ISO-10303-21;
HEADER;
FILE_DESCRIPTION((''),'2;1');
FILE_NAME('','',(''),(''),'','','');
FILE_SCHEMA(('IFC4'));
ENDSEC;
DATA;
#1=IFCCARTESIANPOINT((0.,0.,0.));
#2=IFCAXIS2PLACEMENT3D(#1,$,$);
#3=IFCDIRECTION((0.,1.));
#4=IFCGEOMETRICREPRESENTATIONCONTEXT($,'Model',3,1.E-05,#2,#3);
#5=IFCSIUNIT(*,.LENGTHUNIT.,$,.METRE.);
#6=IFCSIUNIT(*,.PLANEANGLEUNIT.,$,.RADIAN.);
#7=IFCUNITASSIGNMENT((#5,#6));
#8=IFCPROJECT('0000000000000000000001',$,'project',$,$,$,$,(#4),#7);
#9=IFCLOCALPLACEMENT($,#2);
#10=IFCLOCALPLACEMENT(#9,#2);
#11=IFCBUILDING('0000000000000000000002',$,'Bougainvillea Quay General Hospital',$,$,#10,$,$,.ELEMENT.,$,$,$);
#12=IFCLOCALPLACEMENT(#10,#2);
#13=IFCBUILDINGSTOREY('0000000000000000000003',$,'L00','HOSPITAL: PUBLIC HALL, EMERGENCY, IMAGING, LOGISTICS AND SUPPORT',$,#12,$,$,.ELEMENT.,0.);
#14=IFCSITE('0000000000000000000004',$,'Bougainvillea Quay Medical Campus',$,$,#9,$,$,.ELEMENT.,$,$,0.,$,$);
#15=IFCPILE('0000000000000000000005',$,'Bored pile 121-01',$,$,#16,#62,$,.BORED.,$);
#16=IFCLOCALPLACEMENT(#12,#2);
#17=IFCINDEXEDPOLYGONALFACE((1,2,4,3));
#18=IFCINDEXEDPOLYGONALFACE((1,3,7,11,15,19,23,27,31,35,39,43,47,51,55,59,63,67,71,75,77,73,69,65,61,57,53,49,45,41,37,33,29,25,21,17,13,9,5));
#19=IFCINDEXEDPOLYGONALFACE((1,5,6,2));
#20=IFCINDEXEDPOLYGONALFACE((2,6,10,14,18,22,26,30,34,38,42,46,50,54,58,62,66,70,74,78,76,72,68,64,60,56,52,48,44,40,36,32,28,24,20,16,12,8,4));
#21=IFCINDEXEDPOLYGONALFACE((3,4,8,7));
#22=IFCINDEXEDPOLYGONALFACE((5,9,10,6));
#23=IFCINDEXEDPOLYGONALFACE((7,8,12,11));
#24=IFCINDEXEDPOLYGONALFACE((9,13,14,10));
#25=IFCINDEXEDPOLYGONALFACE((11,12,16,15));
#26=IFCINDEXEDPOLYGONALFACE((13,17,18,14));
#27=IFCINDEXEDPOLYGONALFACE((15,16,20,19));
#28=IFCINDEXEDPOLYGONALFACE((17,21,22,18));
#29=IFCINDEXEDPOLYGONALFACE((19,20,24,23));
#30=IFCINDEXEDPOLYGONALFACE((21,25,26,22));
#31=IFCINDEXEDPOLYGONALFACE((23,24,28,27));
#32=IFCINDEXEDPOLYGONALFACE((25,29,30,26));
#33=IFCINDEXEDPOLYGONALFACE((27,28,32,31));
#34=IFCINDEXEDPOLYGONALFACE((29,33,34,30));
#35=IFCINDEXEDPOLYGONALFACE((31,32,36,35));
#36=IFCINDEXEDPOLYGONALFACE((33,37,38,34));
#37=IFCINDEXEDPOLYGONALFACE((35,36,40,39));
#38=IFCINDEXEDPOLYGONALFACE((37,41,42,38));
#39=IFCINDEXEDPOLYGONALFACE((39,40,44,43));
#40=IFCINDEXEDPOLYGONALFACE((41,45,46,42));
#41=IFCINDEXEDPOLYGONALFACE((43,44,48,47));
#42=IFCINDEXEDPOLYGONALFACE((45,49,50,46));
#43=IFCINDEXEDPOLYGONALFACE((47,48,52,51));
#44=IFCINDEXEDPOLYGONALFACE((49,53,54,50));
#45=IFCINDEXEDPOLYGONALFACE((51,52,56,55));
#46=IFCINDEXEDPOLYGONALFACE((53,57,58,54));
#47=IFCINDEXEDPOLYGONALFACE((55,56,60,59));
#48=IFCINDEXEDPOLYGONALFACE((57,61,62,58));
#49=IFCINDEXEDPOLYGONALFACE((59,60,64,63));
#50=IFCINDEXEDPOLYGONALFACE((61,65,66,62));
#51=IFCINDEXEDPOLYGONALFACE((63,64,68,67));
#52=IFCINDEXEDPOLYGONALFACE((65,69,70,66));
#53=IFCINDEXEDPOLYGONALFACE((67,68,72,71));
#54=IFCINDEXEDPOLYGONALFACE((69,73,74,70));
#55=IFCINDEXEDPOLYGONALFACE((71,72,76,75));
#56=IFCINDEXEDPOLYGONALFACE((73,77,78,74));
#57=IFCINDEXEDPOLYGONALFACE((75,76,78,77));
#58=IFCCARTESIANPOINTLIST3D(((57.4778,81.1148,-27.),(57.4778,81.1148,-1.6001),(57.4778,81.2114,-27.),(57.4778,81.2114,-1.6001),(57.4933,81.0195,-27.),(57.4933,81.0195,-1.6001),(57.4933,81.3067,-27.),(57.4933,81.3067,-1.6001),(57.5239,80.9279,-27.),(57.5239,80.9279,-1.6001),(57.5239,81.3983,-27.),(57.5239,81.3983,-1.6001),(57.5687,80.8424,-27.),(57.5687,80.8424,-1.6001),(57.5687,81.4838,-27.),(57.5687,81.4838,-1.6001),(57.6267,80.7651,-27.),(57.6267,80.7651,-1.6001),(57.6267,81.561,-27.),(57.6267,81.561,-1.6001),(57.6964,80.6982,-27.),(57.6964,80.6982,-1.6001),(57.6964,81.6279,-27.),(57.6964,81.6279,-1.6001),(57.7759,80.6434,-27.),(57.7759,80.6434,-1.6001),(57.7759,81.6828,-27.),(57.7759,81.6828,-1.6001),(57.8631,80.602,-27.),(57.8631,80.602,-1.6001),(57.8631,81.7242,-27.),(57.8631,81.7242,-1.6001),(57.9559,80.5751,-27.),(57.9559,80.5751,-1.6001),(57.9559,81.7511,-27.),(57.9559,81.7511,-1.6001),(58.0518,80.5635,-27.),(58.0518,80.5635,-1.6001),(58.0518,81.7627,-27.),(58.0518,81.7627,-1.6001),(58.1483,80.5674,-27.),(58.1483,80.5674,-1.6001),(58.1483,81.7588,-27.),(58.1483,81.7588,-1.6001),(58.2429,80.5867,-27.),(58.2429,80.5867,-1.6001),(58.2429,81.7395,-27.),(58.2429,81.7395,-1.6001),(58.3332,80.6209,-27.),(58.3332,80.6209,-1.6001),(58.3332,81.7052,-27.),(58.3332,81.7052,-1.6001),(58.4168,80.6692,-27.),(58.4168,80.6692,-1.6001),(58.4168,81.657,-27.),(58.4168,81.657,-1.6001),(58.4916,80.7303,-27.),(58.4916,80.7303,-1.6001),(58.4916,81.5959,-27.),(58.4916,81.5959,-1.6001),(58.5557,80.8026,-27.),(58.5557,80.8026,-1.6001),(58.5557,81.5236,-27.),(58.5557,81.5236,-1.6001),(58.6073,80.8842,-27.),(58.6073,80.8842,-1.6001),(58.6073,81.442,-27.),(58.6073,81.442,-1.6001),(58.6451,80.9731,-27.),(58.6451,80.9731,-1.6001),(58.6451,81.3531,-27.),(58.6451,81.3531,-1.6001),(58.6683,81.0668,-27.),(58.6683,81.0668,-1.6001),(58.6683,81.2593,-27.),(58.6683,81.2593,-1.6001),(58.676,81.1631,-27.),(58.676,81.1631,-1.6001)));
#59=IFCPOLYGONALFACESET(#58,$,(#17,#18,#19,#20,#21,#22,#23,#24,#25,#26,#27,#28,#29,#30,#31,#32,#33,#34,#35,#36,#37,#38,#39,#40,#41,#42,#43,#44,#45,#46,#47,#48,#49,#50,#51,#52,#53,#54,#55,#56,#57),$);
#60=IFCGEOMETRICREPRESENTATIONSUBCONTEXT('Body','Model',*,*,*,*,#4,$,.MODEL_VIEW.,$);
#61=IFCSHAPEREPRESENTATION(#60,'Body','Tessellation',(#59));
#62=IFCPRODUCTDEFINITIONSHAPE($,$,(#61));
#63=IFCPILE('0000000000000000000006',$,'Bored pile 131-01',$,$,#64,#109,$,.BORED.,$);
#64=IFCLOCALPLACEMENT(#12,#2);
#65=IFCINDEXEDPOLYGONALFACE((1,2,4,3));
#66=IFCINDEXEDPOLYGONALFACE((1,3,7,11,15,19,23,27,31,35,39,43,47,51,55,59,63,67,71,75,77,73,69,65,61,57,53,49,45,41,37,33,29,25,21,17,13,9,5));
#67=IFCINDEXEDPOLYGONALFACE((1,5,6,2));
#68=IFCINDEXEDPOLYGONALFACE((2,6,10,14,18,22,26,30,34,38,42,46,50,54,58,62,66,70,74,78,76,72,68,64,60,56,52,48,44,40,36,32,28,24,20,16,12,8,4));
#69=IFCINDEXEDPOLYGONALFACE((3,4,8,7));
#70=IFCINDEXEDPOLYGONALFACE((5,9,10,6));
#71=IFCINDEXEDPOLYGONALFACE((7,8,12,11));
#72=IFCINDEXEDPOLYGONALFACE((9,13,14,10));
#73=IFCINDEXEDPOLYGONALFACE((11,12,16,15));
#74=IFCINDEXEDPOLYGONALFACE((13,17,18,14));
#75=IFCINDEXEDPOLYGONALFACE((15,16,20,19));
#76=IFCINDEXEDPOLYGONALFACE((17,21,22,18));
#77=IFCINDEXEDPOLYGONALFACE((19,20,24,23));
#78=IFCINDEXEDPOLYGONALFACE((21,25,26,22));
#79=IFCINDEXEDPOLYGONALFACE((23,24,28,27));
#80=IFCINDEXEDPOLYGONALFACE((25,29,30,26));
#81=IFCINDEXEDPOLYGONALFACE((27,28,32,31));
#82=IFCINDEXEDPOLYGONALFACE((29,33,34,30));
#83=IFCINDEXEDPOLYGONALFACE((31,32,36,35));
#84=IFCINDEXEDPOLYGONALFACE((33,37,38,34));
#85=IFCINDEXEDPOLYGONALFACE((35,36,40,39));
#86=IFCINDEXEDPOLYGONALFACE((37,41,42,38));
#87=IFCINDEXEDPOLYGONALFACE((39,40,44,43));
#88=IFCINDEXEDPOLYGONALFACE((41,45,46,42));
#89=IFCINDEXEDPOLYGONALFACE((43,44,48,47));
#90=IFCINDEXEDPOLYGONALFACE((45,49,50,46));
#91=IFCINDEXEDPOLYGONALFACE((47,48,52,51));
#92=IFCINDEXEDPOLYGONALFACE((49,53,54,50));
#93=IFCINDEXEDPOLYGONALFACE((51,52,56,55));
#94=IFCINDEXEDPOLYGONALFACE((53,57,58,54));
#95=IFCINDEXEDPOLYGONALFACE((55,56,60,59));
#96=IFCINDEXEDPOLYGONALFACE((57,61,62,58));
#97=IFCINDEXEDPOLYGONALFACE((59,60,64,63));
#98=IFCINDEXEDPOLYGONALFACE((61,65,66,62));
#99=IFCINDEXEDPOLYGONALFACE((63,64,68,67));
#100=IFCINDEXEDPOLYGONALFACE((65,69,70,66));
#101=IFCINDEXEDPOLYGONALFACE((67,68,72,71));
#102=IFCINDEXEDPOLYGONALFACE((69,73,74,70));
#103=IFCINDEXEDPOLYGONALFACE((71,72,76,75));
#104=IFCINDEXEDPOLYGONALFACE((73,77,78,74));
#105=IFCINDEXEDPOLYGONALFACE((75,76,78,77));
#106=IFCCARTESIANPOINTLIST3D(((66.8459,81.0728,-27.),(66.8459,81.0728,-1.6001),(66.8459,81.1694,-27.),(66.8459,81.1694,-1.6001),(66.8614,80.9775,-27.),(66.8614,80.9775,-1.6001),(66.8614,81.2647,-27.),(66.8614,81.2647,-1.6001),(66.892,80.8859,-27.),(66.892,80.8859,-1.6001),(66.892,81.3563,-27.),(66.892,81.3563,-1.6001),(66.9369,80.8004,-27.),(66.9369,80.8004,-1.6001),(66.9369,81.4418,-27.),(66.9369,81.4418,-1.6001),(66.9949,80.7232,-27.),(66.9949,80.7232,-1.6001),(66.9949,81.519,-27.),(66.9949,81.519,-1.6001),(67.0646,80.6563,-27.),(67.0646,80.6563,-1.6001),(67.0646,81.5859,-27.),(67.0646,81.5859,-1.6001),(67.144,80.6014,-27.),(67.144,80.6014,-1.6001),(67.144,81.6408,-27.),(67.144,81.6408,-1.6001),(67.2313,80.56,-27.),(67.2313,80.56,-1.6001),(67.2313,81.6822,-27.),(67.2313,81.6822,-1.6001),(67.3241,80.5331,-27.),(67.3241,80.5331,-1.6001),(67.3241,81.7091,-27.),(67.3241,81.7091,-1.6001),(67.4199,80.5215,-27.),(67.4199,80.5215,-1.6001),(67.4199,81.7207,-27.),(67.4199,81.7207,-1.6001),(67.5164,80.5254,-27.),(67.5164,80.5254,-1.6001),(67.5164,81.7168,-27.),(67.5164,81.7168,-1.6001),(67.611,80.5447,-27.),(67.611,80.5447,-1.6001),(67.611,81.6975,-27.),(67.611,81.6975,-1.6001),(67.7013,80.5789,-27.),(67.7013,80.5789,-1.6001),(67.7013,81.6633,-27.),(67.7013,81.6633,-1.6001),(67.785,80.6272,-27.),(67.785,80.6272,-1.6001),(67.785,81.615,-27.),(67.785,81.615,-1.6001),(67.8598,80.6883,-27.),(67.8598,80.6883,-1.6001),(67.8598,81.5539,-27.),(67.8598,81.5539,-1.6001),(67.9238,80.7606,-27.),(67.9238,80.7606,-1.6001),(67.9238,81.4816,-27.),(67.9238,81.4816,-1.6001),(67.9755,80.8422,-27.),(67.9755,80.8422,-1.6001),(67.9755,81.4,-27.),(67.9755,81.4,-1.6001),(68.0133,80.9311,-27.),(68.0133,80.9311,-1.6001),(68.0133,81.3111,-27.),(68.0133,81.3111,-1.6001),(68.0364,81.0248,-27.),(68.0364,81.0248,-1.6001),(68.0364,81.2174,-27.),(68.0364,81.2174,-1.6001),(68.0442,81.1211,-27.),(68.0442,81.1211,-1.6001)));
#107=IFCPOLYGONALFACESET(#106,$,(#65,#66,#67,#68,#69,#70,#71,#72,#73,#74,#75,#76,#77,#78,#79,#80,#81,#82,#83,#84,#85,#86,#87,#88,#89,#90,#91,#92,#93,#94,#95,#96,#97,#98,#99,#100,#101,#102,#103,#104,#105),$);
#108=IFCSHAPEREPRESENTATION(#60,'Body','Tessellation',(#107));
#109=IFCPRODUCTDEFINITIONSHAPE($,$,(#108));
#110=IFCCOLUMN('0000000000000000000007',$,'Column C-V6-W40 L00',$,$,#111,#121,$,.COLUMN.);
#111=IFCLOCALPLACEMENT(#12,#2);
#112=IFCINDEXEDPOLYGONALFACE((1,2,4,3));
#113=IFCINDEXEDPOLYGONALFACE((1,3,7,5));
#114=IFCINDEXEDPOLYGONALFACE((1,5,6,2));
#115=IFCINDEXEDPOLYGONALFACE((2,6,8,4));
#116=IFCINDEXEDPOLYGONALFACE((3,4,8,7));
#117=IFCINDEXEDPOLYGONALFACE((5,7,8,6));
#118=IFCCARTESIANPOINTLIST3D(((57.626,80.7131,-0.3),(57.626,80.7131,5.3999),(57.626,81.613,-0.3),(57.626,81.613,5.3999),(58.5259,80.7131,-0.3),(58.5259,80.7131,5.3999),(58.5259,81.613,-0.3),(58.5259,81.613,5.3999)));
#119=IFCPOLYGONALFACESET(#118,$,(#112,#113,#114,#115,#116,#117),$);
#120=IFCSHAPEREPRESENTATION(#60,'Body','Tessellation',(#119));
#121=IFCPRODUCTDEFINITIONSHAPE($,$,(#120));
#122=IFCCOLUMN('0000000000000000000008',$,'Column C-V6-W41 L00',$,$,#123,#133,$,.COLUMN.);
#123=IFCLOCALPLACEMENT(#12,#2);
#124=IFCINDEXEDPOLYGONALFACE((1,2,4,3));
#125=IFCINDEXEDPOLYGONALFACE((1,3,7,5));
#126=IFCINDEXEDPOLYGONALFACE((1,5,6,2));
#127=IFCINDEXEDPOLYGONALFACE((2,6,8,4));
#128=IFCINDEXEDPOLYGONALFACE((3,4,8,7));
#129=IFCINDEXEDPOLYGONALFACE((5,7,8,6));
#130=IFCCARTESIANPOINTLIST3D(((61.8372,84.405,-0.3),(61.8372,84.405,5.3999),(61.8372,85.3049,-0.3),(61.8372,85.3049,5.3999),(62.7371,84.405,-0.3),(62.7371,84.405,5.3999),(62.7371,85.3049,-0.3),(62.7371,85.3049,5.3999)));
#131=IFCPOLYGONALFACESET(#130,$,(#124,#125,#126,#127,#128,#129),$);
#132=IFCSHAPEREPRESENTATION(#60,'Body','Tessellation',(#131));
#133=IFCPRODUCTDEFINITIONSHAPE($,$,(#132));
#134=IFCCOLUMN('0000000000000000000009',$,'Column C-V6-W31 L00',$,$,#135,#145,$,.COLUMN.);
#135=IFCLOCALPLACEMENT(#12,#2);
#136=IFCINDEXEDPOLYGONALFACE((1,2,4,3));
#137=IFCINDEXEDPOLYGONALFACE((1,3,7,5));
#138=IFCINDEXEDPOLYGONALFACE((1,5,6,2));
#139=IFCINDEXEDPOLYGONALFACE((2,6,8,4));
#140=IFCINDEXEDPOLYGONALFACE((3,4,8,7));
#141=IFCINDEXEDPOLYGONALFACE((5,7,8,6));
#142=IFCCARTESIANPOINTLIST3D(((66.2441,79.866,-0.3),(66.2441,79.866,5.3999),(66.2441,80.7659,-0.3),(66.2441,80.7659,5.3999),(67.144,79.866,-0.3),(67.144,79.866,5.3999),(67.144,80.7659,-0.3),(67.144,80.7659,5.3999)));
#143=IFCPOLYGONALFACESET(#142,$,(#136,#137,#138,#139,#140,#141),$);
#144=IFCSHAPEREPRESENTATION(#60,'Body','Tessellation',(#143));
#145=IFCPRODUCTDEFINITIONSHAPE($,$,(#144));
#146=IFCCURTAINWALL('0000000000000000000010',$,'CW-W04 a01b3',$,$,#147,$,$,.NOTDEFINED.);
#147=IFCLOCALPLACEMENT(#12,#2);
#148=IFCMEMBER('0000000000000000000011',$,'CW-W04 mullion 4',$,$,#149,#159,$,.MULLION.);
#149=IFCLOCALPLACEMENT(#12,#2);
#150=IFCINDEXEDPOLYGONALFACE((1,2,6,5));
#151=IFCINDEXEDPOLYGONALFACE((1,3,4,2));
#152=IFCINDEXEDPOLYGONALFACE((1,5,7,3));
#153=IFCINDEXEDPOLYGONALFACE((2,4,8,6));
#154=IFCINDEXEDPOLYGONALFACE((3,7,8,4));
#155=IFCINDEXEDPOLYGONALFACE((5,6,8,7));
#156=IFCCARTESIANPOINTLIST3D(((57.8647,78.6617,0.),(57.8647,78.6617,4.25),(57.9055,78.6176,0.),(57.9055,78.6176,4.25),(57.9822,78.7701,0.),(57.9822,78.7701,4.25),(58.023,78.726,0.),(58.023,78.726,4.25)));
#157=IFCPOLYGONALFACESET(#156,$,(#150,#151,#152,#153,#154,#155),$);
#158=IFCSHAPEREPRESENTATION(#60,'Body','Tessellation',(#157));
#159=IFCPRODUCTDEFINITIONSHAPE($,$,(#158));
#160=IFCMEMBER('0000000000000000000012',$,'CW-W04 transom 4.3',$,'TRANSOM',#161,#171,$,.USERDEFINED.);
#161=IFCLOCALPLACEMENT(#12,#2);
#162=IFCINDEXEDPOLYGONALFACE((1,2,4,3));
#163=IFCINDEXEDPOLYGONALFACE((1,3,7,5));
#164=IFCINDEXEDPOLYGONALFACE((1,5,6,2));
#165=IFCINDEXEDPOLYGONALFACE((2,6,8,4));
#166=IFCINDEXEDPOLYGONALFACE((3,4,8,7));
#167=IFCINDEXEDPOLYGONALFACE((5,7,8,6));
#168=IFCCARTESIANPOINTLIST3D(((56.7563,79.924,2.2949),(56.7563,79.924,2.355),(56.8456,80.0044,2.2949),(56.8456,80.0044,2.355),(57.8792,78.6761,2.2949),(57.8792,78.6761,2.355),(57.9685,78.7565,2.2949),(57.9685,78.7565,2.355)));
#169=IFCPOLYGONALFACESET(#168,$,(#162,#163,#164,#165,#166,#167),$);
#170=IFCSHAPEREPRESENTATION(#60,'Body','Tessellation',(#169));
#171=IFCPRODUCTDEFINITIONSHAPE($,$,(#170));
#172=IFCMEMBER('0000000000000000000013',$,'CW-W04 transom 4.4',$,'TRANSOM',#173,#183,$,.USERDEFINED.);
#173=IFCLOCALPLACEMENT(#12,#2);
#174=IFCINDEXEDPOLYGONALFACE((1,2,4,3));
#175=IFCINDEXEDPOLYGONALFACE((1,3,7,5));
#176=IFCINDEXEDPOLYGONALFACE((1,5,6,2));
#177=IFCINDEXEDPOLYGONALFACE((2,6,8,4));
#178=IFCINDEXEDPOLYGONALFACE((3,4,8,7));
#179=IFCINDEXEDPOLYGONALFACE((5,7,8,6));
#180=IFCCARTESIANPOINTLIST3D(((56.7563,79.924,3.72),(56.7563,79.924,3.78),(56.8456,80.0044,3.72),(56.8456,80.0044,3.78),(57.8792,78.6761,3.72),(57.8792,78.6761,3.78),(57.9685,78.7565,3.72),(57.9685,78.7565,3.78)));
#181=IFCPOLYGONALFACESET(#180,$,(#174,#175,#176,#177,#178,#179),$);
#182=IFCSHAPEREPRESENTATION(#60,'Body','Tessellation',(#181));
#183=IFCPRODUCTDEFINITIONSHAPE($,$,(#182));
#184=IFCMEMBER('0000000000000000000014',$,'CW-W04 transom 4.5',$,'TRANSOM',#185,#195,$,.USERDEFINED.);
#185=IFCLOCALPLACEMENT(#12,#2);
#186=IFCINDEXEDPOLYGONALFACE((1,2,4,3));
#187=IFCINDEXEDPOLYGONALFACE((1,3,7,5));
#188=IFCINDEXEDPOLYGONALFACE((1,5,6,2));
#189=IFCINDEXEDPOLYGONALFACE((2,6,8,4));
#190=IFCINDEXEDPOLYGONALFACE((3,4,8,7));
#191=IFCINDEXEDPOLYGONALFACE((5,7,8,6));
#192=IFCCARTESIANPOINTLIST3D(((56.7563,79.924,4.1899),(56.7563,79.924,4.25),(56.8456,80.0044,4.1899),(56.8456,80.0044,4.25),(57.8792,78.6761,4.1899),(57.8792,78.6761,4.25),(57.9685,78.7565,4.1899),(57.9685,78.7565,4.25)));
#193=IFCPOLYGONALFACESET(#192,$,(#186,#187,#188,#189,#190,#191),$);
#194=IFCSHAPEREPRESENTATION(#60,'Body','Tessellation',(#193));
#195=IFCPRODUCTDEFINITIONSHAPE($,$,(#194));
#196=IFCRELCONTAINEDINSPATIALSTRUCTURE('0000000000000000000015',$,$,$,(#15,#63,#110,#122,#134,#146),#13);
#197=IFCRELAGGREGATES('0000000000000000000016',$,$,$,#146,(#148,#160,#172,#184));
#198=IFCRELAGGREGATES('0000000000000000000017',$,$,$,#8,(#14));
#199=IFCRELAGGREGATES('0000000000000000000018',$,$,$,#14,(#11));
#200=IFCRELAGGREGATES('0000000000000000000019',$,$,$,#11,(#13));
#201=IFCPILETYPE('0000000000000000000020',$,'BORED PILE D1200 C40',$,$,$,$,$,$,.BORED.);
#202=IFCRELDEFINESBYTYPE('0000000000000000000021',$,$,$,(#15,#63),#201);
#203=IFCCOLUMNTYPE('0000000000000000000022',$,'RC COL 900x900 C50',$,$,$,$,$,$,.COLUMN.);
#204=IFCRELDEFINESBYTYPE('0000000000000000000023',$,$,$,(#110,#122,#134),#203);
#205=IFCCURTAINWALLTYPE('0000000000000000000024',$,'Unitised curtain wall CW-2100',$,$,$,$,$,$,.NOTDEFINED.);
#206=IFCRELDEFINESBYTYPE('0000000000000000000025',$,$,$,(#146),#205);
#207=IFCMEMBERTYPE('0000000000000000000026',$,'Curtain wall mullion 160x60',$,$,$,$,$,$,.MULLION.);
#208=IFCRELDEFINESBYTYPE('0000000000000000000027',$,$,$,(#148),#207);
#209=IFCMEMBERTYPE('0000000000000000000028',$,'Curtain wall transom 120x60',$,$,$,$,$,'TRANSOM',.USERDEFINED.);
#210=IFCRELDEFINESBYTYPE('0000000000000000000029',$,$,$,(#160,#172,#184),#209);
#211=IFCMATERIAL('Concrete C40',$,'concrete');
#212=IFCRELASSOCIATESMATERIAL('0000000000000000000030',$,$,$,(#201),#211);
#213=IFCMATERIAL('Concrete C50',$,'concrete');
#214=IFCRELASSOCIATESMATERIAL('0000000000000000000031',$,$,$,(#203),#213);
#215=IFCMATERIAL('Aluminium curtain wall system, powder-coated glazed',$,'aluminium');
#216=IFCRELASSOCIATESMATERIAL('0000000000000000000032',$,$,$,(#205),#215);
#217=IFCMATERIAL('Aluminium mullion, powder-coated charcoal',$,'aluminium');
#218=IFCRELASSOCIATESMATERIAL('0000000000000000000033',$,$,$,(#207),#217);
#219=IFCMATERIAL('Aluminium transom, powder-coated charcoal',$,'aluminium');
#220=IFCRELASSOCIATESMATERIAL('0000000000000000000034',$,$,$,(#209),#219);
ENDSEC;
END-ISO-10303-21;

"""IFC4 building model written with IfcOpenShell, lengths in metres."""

from ifc_helpers import new_model, si_unit, direction, frame, origin, origin_2d, place, context, subcontext, project, spatial, rectangle, circle, extrude, material, material_profile, profile_set, type_object, element, aggregate, save


model = new_model("IFC4")

# Units and contexts
model_context = context("Model", 3, precision=1e-05, world=origin(), true_north=direction((0.0, 1.0)))
body_context = subcontext(model_context, "Body", "Model", "MODEL_VIEW")
ifc_project = project(units=[si_unit("LENGTHUNIT", "METRE"), si_unit("PLANEANGLEUNIT", "RADIAN")], contexts=[model_context])

# Site, building, storey
site_placement = place(None, origin())
site = spatial("IfcSite", under=ifc_project, at=site_placement, Name="Bougainvillea Quay Medical Campus", CompositionType="ELEMENT", RefElevation=0.0)
building_placement = place(site_placement, origin())
building = spatial("IfcBuilding", under=site, at=building_placement, Name="Bougainvillea Quay General Hospital", CompositionType="ELEMENT")
storey_placement = place(building_placement, origin())
storey = spatial("IfcBuildingStorey", under=building, at=storey_placement, Name="L00", Description="HOSPITAL: PUBLIC HALL, EMERGENCY, IMAGING, LOGISTICS AND SUPPORT", CompositionType="ELEMENT", Elevation=0.0)

# Piles
ifc_material_1 = material(Name="Concrete C40", Category="concrete")
ifc_material_profile_1 = material_profile(ifc_material_1, circle(Radius=0.6001, at=origin_2d()))
ifc_profile_set_1 = profile_set([ifc_material_profile_1], Name="Concrete C40")
pile_type = type_object("IfcPileType", Name="BORED PILE D1200 C40", PredefinedType="BORED", material=ifc_profile_set_1)
for number, where, z_axis, x_axis, name in (
    (1, (58.0759, 81.1631, -1.6001), (0.0, 0.0, -1.0), (1.0, 0.0, 0.0), "Bored pile 121-01"),
    (2, (67.4441, 81.1211, -1.6001), (0.0, 0.0, -1.0), (1.0, 0.0, 0.0), "Bored pile 131-01"),
):
    element("IfcPile", number, at=place(storey_placement, frame(where, z_axis=z_axis, x_axis=x_axis)), inside=storey, type_object=pile_type, Name=name, PredefinedType="BORED", context=body_context, shape_type="SweptSolid", body=[
        extrude(circle(Radius=0.6001, at=origin_2d()), origin(), (0.0, 0.0, 1.0), 25.3999),
    ])

# Columns
ifc_material_2 = material(Name="Concrete C50", Category="concrete")
ifc_material_profile_2 = material_profile(ifc_material_2, rectangle(XDim=0.8999, YDim=0.8999, at=origin_2d()))
ifc_profile_set_2 = profile_set([ifc_material_profile_2], Name="Concrete C50")
column_type = type_object("IfcColumnType", Name="RC COL 900x900 C50", PredefinedType="COLUMN", material=ifc_profile_set_2)
for number, where, z_axis, x_axis, name in (
    (3, (58.0759, 81.1631, -0.3), (0.0, 0.0, 1.0), (1.0, 0.0, 0.0), "Column C-V6-W40 L00"),
    (4, (62.2871, 84.855, -0.3), (0.0, 0.0, 1.0), (1.0, 0.0, 0.0), "Column C-V6-W41 L00"),
    (5, (66.6941, 80.3159, -0.3), (0.0, 0.0, 1.0), (1.0, 0.0, 0.0), "Column C-V6-W31 L00"),
):
    element("IfcColumn", number, at=place(storey_placement, frame(where, z_axis=z_axis, x_axis=x_axis)), inside=storey, type_object=column_type, Name=name, PredefinedType="COLUMN", context=body_context, shape_type="SweptSolid", body=[
        extrude(rectangle(XDim=0.8999, YDim=0.8999, at=origin_2d()), origin(), (0.0, 0.0, 1.0), 5.7),
    ])

# Curtain wall, members
ifc_material_3 = material(Name="Aluminium curtain wall system, powder-coated glazed", Category="aluminium")
curtain_wall_type = type_object("IfcCurtainWallType", Name="Unitised curtain wall CW-2100", PredefinedType="NOTDEFINED", material=ifc_material_3)
curtain_wall_placement = place(storey_placement, origin())
curtain_wall = element("IfcCurtainWall", 6, at=curtain_wall_placement, inside=storey, type_object=curtain_wall_type, Name="CW-W04 a01b3", PredefinedType="NOTDEFINED")
ifc_material_4 = material(Name="Aluminium mullion, powder-coated charcoal", Category="aluminium")
ifc_material_profile_3 = material_profile(ifc_material_4, rectangle(XDim=0.1599, YDim=0.0601, at=origin_2d()))
ifc_profile_set_3 = profile_set([ifc_material_profile_3], Name="Aluminium mullion, powder-coated charcoal")
member_type_1 = type_object("IfcMemberType", Name="Curtain wall mullion 160x60", PredefinedType="MULLION", material=ifc_profile_set_3)
member_1_placement = place(storey_placement, frame((57.9438, 78.6938, 0.0), z_axis=(0.0, 0.0, 1.0), x_axis=(-0.734855, -0.678224, 0.0)))
member_1 = element("IfcMember", 7, at=member_1_placement, type_object=member_type_1, Name="CW-W04 mullion 4", PredefinedType="MULLION", context=body_context, shape_type="SweptSolid", body=[
    extrude(rectangle(XDim=0.1599, YDim=0.0601, at=origin_2d()), origin(), (0.0, 0.0, 1.0), 4.25),
])
ifc_material_5 = material(Name="Aluminium transom, powder-coated charcoal", Category="aluminium")
ifc_material_profile_4 = material_profile(ifc_material_5, rectangle(XDim=0.1201, YDim=0.0601, at=origin_2d()))
ifc_profile_set_4 = profile_set([ifc_material_profile_4], Name="Aluminium transom, powder-coated charcoal")
member_type_2 = type_object("IfcMemberType", Name="Curtain wall transom 120x60", ElementType="TRANSOM", PredefinedType="USERDEFINED", material=ifc_profile_set_4)
member_2_placement = place(storey_placement, frame((57.9238, 78.7163, 2.325), z_axis=(-0.668892, 0.743359, 0.0), x_axis=(-0.743359, -0.668892, 0.0)))
member_2 = element("IfcMember", 8, at=member_2_placement, type_object=member_type_2, Name="CW-W04 transom 4.3", ObjectType="TRANSOM", PredefinedType="USERDEFINED", context=body_context, shape_type="SweptSolid", body=[
    extrude(rectangle(XDim=0.1201, YDim=0.0601, at=origin_2d()), origin(), (0.0, 0.0, 1.0), 1.6787),
])
member_3_placement = place(storey_placement, frame((57.9238, 78.7163, 3.75), z_axis=(-0.668892, 0.743359, 0.0), x_axis=(-0.743359, -0.668892, 0.0)))
member_3 = element("IfcMember", 9, at=member_3_placement, type_object=member_type_2, Name="CW-W04 transom 4.4", ObjectType="TRANSOM", PredefinedType="USERDEFINED", context=body_context, shape_type="SweptSolid", body=[
    extrude(rectangle(XDim=0.1201, YDim=0.0601, at=origin_2d()), origin(), (0.0, 0.0, 1.0), 1.6787),
])
member_4_placement = place(storey_placement, frame((57.9238, 78.7163, 4.22), z_axis=(-0.668892, 0.743359, 0.0), x_axis=(-0.743359, -0.668892, 0.0)))
member_4 = element("IfcMember", 10, at=member_4_placement, type_object=member_type_2, Name="CW-W04 transom 4.5", ObjectType="TRANSOM", PredefinedType="USERDEFINED", context=body_context, shape_type="SweptSolid", body=[
    extrude(rectangle(XDim=0.1201, YDim=0.0601, at=origin_2d()), origin(), (0.0, 0.0, 1.0), 1.6787),
])
aggregate(curtain_wall, [member_1, member_2, member_3, member_4])

save(model, "model.ifc")
